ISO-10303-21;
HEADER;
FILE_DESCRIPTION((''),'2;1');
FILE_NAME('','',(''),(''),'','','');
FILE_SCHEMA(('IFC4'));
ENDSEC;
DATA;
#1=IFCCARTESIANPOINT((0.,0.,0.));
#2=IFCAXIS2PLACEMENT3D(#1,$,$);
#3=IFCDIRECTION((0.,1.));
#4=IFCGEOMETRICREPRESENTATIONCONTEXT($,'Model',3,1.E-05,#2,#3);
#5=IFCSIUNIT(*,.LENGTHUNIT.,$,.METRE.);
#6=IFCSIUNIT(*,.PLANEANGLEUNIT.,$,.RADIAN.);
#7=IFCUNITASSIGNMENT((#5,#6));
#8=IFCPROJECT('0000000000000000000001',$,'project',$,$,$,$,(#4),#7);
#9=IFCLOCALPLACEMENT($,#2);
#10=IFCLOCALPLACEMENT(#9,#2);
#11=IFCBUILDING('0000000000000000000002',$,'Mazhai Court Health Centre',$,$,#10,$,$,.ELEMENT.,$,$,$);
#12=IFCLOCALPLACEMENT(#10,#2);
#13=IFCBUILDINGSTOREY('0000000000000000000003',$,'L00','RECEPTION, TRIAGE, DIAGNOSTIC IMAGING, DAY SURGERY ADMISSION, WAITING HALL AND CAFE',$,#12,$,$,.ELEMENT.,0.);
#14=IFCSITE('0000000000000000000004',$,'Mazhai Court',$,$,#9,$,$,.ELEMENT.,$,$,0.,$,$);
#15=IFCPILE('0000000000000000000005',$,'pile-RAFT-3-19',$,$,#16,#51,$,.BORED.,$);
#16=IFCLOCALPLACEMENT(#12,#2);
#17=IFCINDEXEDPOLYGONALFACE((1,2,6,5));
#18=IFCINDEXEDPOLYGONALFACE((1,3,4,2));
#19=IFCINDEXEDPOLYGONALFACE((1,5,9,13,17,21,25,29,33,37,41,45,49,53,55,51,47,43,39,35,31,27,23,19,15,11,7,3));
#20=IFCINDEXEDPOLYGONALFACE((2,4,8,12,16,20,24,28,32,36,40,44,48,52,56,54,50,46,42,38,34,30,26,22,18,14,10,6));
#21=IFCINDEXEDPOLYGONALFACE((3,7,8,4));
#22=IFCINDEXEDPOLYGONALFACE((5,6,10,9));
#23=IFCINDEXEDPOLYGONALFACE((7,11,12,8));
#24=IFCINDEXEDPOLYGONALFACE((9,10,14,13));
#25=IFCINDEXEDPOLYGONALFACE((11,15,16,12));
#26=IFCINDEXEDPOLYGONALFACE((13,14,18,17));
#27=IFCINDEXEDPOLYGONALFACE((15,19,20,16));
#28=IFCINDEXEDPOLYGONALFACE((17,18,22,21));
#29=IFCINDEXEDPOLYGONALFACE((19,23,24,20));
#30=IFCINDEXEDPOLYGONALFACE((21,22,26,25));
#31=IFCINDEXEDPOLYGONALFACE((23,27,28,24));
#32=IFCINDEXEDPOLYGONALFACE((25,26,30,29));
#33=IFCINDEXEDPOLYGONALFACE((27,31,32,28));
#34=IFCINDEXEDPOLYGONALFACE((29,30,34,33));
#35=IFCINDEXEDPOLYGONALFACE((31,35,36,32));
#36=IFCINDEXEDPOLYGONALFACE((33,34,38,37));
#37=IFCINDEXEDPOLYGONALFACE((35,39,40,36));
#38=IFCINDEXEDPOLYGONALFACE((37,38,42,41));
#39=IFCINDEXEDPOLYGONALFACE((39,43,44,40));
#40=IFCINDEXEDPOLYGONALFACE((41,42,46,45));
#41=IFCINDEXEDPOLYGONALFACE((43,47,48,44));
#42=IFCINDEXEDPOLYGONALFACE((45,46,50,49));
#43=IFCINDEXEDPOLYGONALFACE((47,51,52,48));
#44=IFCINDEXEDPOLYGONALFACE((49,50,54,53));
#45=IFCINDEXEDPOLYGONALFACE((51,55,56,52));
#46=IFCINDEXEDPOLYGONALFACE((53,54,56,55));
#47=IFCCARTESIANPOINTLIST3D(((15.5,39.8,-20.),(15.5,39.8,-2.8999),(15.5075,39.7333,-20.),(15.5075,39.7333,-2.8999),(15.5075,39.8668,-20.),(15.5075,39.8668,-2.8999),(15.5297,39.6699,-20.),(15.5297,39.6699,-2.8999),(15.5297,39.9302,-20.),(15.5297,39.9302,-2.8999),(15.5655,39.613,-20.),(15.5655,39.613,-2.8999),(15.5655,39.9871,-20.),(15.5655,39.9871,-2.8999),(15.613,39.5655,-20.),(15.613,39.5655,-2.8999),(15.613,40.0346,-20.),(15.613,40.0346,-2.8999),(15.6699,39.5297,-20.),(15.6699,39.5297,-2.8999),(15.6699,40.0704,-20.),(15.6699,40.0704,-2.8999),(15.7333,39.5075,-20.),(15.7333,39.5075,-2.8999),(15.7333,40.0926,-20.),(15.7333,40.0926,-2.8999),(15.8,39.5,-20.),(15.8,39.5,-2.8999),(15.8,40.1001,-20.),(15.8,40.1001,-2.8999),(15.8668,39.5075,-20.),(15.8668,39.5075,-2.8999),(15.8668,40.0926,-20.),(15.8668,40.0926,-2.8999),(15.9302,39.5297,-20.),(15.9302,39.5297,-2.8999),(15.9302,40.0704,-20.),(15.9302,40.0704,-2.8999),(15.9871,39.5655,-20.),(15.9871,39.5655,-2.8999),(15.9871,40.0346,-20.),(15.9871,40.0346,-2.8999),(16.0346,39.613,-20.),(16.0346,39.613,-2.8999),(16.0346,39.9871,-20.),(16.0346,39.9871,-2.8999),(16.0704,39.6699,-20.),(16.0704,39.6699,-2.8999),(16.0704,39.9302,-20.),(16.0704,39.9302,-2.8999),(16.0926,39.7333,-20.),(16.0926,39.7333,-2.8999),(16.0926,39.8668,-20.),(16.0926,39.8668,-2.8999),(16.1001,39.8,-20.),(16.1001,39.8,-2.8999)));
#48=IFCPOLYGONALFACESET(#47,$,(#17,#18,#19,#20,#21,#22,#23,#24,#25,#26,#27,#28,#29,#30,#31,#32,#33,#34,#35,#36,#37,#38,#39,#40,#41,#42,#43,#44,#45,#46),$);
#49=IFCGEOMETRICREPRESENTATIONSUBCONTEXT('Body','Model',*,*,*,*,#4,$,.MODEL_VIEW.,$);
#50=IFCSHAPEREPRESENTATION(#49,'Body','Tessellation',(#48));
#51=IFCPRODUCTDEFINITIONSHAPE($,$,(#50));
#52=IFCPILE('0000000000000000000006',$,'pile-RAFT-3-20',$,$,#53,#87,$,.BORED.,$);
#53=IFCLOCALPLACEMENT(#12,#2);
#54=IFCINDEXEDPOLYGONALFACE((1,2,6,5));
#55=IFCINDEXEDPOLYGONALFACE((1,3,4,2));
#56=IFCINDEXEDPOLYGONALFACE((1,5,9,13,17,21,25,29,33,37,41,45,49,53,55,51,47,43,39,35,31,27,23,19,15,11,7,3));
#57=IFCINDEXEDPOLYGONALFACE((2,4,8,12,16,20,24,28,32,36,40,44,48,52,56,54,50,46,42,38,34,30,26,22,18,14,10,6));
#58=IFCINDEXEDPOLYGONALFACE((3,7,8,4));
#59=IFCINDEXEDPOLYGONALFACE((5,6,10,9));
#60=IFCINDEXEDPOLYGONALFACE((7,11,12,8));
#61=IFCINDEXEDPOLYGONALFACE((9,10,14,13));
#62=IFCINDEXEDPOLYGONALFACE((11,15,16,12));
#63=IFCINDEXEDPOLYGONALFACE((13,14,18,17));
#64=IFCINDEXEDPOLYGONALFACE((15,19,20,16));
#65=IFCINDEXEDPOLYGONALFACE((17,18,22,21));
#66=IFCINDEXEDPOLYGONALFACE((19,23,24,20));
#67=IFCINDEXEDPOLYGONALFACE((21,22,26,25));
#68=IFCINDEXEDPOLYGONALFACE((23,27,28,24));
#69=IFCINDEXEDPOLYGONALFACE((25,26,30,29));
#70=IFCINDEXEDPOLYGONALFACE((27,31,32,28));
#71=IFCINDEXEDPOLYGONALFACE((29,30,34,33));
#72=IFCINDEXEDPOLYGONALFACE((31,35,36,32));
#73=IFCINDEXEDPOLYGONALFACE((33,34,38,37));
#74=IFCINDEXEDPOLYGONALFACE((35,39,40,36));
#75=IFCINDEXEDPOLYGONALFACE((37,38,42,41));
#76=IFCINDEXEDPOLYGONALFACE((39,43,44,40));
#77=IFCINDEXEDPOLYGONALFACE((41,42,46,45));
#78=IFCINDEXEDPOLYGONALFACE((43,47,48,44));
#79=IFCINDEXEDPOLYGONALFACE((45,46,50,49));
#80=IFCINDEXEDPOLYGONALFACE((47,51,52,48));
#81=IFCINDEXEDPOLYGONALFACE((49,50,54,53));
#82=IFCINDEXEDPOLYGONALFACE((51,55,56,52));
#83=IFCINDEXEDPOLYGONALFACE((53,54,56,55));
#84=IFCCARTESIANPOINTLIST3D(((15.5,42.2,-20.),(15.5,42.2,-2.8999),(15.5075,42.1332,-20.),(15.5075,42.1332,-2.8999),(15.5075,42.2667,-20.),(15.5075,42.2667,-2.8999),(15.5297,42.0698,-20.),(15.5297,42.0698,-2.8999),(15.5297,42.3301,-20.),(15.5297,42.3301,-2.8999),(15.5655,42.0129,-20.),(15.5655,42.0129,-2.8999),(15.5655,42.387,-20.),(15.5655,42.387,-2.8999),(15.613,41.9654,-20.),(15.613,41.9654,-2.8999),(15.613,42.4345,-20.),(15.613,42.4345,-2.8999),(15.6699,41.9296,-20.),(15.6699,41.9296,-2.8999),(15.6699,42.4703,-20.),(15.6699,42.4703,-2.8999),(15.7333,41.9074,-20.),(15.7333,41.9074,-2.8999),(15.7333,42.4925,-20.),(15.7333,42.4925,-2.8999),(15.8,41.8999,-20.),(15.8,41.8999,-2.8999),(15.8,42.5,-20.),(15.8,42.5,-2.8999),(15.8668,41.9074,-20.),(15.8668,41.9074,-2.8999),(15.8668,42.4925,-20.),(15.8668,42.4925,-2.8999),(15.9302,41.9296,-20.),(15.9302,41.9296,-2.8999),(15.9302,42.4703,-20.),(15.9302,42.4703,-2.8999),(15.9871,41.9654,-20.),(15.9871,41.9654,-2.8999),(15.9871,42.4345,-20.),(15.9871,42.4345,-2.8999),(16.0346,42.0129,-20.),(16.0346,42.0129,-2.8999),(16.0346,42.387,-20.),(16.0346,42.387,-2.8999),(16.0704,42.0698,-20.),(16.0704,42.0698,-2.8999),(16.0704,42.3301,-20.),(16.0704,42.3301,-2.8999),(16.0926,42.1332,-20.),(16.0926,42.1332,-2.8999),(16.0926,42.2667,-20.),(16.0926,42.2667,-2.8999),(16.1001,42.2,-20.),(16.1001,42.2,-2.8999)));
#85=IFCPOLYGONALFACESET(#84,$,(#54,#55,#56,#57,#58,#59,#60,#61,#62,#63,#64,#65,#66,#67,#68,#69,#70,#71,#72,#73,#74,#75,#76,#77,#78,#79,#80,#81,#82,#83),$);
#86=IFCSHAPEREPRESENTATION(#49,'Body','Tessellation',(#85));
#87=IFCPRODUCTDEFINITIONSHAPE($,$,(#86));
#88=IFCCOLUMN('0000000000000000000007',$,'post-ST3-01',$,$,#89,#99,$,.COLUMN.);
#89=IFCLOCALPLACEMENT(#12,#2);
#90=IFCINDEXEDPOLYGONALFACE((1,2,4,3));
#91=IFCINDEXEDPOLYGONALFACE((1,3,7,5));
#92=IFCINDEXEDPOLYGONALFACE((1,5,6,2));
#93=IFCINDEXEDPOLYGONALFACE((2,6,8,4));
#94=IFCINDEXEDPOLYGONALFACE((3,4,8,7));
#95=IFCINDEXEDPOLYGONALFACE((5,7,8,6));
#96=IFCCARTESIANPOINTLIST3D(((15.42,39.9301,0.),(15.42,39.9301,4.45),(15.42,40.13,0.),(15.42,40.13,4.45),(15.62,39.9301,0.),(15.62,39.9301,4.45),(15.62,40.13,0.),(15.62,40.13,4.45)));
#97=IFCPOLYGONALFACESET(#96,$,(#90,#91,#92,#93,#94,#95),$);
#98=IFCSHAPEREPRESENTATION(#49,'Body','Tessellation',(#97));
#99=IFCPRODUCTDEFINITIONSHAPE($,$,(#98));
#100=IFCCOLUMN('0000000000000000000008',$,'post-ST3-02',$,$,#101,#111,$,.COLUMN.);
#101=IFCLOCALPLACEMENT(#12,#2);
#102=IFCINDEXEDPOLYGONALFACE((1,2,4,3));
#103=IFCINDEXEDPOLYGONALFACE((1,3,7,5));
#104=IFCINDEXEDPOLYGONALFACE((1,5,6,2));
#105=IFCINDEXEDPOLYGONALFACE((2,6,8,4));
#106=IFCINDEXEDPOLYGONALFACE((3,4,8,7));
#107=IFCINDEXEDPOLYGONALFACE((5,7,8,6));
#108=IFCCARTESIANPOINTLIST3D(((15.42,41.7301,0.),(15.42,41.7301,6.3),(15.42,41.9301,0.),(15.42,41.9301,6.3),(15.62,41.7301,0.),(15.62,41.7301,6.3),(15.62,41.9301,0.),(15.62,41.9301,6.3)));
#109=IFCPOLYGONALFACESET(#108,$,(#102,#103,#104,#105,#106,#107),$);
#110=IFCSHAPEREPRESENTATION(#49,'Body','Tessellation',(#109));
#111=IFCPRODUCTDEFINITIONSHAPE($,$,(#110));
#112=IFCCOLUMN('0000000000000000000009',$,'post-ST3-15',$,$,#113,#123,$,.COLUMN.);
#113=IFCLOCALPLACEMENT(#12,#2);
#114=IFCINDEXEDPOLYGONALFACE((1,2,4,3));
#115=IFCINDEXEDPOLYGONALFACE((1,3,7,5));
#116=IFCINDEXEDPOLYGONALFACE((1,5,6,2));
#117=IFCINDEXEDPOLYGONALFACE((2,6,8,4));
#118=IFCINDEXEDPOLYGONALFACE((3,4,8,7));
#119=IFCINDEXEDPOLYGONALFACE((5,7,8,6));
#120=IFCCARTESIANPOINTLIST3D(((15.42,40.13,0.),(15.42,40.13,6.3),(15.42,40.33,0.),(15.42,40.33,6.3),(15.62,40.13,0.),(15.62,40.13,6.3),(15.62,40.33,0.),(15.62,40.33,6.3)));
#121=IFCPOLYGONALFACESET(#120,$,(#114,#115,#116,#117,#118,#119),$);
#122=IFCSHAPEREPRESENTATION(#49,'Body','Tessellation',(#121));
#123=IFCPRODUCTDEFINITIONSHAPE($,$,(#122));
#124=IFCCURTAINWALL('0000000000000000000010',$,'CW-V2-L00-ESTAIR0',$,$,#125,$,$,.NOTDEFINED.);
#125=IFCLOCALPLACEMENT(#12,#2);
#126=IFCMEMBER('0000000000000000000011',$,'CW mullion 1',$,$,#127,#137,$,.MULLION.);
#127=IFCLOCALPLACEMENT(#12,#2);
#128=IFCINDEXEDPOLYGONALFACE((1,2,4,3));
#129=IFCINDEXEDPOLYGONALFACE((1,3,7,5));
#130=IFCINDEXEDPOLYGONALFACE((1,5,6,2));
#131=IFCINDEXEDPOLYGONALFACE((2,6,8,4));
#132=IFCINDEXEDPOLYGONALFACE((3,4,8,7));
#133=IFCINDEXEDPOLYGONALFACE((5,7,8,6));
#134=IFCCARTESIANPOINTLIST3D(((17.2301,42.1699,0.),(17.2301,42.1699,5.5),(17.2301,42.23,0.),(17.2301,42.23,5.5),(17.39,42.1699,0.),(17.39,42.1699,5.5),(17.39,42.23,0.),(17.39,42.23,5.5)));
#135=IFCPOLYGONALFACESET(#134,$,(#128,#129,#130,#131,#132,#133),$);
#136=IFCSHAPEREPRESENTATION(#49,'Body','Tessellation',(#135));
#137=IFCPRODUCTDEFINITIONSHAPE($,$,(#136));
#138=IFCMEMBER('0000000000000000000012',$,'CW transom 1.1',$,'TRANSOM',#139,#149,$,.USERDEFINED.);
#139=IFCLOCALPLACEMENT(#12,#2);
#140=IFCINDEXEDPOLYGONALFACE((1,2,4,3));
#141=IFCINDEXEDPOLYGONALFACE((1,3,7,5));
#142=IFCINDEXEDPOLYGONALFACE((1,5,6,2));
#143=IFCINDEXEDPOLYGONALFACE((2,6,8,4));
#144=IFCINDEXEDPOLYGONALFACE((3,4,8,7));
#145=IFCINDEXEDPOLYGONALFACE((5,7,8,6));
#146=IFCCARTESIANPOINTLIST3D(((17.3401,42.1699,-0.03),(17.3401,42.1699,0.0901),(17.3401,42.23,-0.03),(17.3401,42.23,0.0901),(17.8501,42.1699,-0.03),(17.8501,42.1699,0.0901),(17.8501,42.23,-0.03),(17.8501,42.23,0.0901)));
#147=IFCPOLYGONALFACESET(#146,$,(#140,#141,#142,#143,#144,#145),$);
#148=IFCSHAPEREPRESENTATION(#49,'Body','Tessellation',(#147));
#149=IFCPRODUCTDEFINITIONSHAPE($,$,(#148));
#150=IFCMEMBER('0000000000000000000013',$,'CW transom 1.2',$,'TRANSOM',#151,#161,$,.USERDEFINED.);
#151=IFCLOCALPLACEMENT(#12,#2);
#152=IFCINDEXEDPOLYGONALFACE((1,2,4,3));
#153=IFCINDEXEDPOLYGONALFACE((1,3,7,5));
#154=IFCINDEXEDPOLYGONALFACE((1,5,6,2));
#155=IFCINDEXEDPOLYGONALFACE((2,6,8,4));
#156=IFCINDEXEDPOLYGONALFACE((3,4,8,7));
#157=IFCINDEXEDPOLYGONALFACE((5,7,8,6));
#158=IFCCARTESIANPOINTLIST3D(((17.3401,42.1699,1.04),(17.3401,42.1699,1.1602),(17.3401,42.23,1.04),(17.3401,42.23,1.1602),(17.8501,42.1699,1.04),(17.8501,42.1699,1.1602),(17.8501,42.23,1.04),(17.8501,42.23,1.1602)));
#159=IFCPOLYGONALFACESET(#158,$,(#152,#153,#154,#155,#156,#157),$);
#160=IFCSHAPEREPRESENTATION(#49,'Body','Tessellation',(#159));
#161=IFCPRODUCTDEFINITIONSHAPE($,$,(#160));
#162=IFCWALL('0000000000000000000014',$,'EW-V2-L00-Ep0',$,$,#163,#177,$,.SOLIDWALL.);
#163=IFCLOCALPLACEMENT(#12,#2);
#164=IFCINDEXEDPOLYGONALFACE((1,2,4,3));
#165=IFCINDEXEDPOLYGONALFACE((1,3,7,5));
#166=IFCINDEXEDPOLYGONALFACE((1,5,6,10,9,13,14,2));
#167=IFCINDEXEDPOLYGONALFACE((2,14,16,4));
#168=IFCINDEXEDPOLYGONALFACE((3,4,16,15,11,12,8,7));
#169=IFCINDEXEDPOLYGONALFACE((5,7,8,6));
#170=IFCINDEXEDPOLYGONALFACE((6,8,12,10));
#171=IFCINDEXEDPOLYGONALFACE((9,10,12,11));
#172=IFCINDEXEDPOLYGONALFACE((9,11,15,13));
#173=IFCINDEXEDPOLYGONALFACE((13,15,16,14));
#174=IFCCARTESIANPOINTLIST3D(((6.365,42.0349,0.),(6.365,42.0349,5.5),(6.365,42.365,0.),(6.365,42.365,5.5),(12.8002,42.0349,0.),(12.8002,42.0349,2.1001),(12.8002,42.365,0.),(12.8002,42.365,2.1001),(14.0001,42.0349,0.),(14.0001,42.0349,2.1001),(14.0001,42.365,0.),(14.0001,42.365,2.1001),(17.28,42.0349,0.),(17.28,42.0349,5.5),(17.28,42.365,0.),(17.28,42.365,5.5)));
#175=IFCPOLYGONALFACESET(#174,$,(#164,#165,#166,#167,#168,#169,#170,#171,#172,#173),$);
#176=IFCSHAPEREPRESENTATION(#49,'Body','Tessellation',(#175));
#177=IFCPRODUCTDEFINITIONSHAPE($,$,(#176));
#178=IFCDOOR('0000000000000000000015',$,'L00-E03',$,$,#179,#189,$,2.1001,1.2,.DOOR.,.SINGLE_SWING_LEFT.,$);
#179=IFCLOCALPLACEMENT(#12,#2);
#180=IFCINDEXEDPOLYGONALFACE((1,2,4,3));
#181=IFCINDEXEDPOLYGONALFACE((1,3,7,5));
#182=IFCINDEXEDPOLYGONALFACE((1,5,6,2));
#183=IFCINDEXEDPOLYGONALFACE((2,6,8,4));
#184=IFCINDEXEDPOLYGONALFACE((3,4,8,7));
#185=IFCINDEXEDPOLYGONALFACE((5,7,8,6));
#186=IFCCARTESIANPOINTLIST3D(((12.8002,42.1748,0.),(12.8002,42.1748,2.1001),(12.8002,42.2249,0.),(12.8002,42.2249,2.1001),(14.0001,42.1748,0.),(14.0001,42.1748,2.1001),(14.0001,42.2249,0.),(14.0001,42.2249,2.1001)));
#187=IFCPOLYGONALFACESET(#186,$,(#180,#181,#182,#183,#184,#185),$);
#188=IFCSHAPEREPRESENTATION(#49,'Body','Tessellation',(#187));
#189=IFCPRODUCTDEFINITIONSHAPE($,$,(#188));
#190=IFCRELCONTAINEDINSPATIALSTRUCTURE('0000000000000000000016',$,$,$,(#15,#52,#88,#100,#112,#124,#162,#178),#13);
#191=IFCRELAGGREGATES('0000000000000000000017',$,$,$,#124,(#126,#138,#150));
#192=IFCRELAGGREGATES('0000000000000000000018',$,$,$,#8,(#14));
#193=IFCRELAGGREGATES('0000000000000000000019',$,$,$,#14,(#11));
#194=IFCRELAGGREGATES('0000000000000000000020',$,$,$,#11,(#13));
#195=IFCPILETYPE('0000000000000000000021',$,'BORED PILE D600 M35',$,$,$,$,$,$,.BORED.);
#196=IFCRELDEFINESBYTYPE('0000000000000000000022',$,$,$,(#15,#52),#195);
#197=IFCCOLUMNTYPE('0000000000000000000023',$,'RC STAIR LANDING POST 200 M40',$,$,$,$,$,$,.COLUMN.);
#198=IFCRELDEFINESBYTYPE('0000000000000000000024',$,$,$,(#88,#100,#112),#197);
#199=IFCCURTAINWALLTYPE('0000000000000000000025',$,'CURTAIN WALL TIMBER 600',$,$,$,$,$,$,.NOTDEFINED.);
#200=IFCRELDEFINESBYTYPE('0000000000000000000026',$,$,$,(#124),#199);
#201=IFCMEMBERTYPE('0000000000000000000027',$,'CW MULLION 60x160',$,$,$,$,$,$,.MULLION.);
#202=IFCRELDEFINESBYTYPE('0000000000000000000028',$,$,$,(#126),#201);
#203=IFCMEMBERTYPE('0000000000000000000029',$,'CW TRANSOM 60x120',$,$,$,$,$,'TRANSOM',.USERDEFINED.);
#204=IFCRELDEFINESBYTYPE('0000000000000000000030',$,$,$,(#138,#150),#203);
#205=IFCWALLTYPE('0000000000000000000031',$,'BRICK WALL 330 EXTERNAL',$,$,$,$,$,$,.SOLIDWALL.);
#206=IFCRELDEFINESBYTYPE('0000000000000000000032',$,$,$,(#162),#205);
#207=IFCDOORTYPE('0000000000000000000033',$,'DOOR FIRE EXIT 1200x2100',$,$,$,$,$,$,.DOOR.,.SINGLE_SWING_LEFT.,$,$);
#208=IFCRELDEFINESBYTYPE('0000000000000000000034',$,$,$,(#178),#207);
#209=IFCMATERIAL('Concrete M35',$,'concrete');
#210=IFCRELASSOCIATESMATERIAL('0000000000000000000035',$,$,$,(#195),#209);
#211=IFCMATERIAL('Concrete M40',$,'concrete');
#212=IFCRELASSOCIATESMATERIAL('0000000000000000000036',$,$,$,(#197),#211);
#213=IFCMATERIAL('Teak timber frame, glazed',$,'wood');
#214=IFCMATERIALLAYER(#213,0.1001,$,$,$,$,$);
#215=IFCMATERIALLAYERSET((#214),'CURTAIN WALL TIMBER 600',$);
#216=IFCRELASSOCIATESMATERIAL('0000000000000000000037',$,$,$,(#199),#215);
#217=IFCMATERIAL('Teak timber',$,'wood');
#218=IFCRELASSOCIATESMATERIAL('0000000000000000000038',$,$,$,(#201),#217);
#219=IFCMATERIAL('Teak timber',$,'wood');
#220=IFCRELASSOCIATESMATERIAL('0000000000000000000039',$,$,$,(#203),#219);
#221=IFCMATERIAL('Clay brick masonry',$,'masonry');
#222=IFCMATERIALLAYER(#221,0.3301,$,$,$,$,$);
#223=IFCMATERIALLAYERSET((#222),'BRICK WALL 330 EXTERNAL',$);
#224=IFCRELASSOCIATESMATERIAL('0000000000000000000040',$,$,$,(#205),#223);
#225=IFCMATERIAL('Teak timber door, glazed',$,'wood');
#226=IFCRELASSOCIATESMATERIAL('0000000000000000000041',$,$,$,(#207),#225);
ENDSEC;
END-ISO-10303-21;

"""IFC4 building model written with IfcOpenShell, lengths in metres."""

from ifc_helpers import new_model, si_unit, direction, frame, frame_2d, origin, origin_2d, place, context, subcontext, project, spatial, rectangle, circle, extrude, material, layer, layer_set, material_profile, profile_set, type_object, element, fill, aggregate, save


model = new_model("IFC4")

# Units and contexts
model_context = context("Model", 3, precision=1e-05, world=origin(), true_north=direction((0.0, 1.0)))
body_context = subcontext(model_context, "Body", "Model", "MODEL_VIEW")
ifc_project = project(units=[si_unit("LENGTHUNIT", "METRE"), si_unit("PLANEANGLEUNIT", "RADIAN")], contexts=[model_context])

# Site, building, storey
site_placement = place(None, origin())
site = spatial("IfcSite", under=ifc_project, at=site_placement, Name="Mazhai Court", CompositionType="ELEMENT", RefElevation=0.0)
building_placement = place(site_placement, origin())
building = spatial("IfcBuilding", under=site, at=building_placement, Name="Mazhai Court Health Centre", CompositionType="ELEMENT")
storey_placement = place(building_placement, origin())
storey = spatial("IfcBuildingStorey", under=building, at=storey_placement, Name="L00", Description="RECEPTION, TRIAGE, DIAGNOSTIC IMAGING, DAY SURGERY ADMISSION, WAITING HALL AND CAFE", CompositionType="ELEMENT", Elevation=0.0)

# Piles
ifc_material_1 = material(Name="Concrete M35", Category="concrete")
ifc_material_profile_1 = material_profile(ifc_material_1, circle(Radius=0.3, at=origin_2d()), Name="RC PILE D600")
ifc_profile_set_1 = profile_set([ifc_material_profile_1], Name="Concrete M35")
pile_type = type_object("IfcPileType", Name="BORED PILE D600 M35", PredefinedType="BORED", material=ifc_profile_set_1)
for number, where, z_axis, x_axis, name in (
    (1, (15.8, 39.8, -2.8999), (0.0, 0.0, -1.0), (1.0, 0.0, 0.0), "pile-RAFT-3-19"),
    (2, (15.8, 42.2, -2.8999), (0.0, 0.0, -1.0), (1.0, 0.0, 0.0), "pile-RAFT-3-20"),
):
    element("IfcPile", number, at=place(storey_placement, frame(where, z_axis=z_axis, x_axis=x_axis)), inside=storey, type_object=pile_type, Name=name, PredefinedType="BORED", context=body_context, shape_type="SweptSolid", body=[
        extrude(circle(Radius=0.3, at=origin_2d()), origin(), (0.0, 0.0, 1.0), 17.1001),
    ])

# Columns
ifc_material_2 = material(Name="Concrete M40", Category="concrete")
ifc_material_profile_2 = material_profile(ifc_material_2, rectangle(XDim=0.2, YDim=0.2, at=origin_2d()), Name="RC 200x200")
ifc_profile_set_2 = profile_set([ifc_material_profile_2], Name="Concrete M40")
column_type = type_object("IfcColumnType", Name="RC STAIR LANDING POST 200 M40", PredefinedType="COLUMN", material=ifc_profile_set_2)
column_placement = place(storey_placement, frame((15.52, 40.03, 0.0), z_axis=(0.0, 0.0, 1.0), x_axis=(1.0, 0.0, 0.0)))
element("IfcColumn", 3, at=column_placement, inside=storey, type_object=column_type, Name="post-ST3-01", PredefinedType="COLUMN", context=body_context, shape_type="SweptSolid", body=[
    extrude(rectangle(XDim=0.2, YDim=0.2, at=origin_2d()), origin(), (0.0, 0.0, 1.0), 4.45),
])
for number, where, z_axis, x_axis, name in (
    (4, (15.52, 41.8301, 0.0), (0.0, 0.0, 1.0), (1.0, 0.0, 0.0), "post-ST3-02"),
    (5, (15.52, 40.23, 0.0), (0.0, 0.0, 1.0), (1.0, 0.0, 0.0), "post-ST3-15"),
):
    element("IfcColumn", number, at=place(storey_placement, frame(where, z_axis=z_axis, x_axis=x_axis)), inside=storey, type_object=column_type, Name=name, PredefinedType="COLUMN", context=body_context, shape_type="SweptSolid", body=[
        extrude(rectangle(XDim=0.2, YDim=0.2, at=origin_2d()), origin(), (0.0, 0.0, 1.0), 6.3),
    ])

# Curtain wall, members
ifc_material_3 = material(Name="Teak timber frame, glazed", Category="wood")
ifc_layer_1 = layer(ifc_material_3, 0.1001)
ifc_layer_set_1 = layer_set([ifc_layer_1], Name="CURTAIN WALL TIMBER 600")
curtain_wall_type = type_object("IfcCurtainWallType", Name="CURTAIN WALL TIMBER 600", PredefinedType="NOTDEFINED", material=ifc_layer_set_1)
curtain_wall_placement = place(storey_placement, origin())
curtain_wall = element("IfcCurtainWall", 6, at=curtain_wall_placement, inside=storey, type_object=curtain_wall_type, Name="CW-V2-L00-ESTAIR0", PredefinedType="NOTDEFINED")
ifc_material_4 = material(Name="Teak timber", Category="wood")
ifc_material_profile_3 = material_profile(ifc_material_4, rectangle(XDim=0.0601, YDim=0.1599, at=origin_2d()), Name="CW MULLION 60x160")
ifc_profile_set_3 = profile_set([ifc_material_profile_3], Name="Teak timber")
member_type_1 = type_object("IfcMemberType", Name="CW MULLION 60x160", PredefinedType="MULLION", material=ifc_profile_set_3)
member_1_placement = place(storey_placement, frame((17.3101, 42.2, 0.0), z_axis=(0.0, 0.0, 1.0), x_axis=(0.0, 1.0, 0.0)))
member_1 = element("IfcMember", 7, at=member_1_placement, type_object=member_type_1, Name="CW mullion 1", PredefinedType="MULLION", context=body_context, shape_type="SweptSolid", body=[
    extrude(rectangle(XDim=0.0601, YDim=0.1599, at=origin_2d()), origin(), (0.0, 0.0, 1.0), 5.5),
])
ifc_material_5 = material(Name="Teak timber", Category="wood")
ifc_material_profile_4 = material_profile(ifc_material_5, rectangle(XDim=0.0601, YDim=0.1201, at=origin_2d()), Name="CW TRANSOM 60x120")
ifc_profile_set_4 = profile_set([ifc_material_profile_4], Name="Teak timber")
member_type_2 = type_object("IfcMemberType", Name="CW TRANSOM 60x120", ElementType="TRANSOM", PredefinedType="USERDEFINED", material=ifc_profile_set_4)
member_2_placement = place(storey_placement, frame((17.3401, 42.2, 0.03), z_axis=(1.0, 0.0, 0.0), x_axis=(0.0, 1.0, 0.0)))
member_2 = element("IfcMember", 8, at=member_2_placement, type_object=member_type_2, Name="CW transom 1.1", ObjectType="TRANSOM", PredefinedType="USERDEFINED", context=body_context, shape_type="SweptSolid", body=[
    extrude(rectangle(XDim=0.0601, YDim=0.1201, at=origin_2d()), origin(), (0.0, 0.0, 1.0), 0.51),
])
member_3_placement = place(storey_placement, frame((17.3401, 42.2, 1.1001), z_axis=(1.0, 0.0, 0.0), x_axis=(0.0, 1.0, 0.0)))
member_3 = element("IfcMember", 9, at=member_3_placement, type_object=member_type_2, Name="CW transom 1.2", ObjectType="TRANSOM", PredefinedType="USERDEFINED", context=body_context, shape_type="SweptSolid", body=[
    extrude(rectangle(XDim=0.0601, YDim=0.1201, at=origin_2d()), origin(), (0.0, 0.0, 1.0), 0.51),
])
aggregate(curtain_wall, [member_1, member_2, member_3])

# Wall, opening, door
ifc_material_6 = material(Name="Clay brick masonry", Category="masonry")
ifc_layer_2 = layer(ifc_material_6, 0.3301)
ifc_layer_set_2 = layer_set([ifc_layer_2], Name="BRICK WALL 330 EXTERNAL")
wall_type_1 = type_object("IfcWallType", Name="BRICK WALL 330 EXTERNAL", PredefinedType="SOLIDWALL", material=ifc_layer_set_2)
wall_1_placement = place(storey_placement, frame((6.365, 42.2, 0.0), z_axis=(0.0, 0.0, 1.0), x_axis=(1.0, 0.0, 0.0)))
wall_1 = element("IfcWall", 10, at=wall_1_placement, inside=storey, type_object=wall_type_1, Name="EW-V2-L00-Ep0", PredefinedType="SOLIDWALL", context=body_context, shape_type="SweptSolid", body=[
    extrude(rectangle(XDim=10.915, YDim=0.3301, at=frame_2d((5.4575, 0.0))), origin(), (0.0, 0.0, 1.0), 5.5),
])
opening_placement = place(wall_1_placement, frame((6.4351, 0.0, 0.0)))
opening = element("IfcOpeningElement", 11, at=opening_placement, cuts=wall_1, PredefinedType="OPENING", context=body_context, shape_type="SweptSolid", body=[
    extrude(rectangle(XDim=1.2, YDim=2.1001, at=frame_2d((0.6001, 1.05))), frame((0.0, 0.175, 0.0), z_axis=(0.0, -1.0, 0.0), x_axis=(1.0, 0.0, 0.0)), (0.0, 0.0, 1.0), 0.3501),
])
ifc_material_7 = material(Name="Teak timber door, glazed", Category="wood")
door_type = type_object("IfcDoorType", Name="DOOR FIRE EXIT 1200x2100", OperationType="SINGLE_SWING_LEFT", PredefinedType="DOOR", material=ifc_material_7)
door_placement = place(opening_placement, origin())
door = element("IfcDoor", 12, at=door_placement, inside=storey, type_object=door_type, Name="L00-E03", OperationType="SINGLE_SWING_LEFT", OverallHeight=2.1001, OverallWidth=1.2, PredefinedType="DOOR", context=body_context, shape_type="SweptSolid", body=[
    extrude(rectangle(XDim=1.2, YDim=2.1001, at=frame_2d((0.6001, 1.05))), frame((0.0, 0.0249, 0.0), z_axis=(0.0, -1.0, 0.0), x_axis=(1.0, 0.0, 0.0)), (0.0, 0.0, 1.0), 0.05),
])
fill(opening, door)

save(model, "model.ifc")
